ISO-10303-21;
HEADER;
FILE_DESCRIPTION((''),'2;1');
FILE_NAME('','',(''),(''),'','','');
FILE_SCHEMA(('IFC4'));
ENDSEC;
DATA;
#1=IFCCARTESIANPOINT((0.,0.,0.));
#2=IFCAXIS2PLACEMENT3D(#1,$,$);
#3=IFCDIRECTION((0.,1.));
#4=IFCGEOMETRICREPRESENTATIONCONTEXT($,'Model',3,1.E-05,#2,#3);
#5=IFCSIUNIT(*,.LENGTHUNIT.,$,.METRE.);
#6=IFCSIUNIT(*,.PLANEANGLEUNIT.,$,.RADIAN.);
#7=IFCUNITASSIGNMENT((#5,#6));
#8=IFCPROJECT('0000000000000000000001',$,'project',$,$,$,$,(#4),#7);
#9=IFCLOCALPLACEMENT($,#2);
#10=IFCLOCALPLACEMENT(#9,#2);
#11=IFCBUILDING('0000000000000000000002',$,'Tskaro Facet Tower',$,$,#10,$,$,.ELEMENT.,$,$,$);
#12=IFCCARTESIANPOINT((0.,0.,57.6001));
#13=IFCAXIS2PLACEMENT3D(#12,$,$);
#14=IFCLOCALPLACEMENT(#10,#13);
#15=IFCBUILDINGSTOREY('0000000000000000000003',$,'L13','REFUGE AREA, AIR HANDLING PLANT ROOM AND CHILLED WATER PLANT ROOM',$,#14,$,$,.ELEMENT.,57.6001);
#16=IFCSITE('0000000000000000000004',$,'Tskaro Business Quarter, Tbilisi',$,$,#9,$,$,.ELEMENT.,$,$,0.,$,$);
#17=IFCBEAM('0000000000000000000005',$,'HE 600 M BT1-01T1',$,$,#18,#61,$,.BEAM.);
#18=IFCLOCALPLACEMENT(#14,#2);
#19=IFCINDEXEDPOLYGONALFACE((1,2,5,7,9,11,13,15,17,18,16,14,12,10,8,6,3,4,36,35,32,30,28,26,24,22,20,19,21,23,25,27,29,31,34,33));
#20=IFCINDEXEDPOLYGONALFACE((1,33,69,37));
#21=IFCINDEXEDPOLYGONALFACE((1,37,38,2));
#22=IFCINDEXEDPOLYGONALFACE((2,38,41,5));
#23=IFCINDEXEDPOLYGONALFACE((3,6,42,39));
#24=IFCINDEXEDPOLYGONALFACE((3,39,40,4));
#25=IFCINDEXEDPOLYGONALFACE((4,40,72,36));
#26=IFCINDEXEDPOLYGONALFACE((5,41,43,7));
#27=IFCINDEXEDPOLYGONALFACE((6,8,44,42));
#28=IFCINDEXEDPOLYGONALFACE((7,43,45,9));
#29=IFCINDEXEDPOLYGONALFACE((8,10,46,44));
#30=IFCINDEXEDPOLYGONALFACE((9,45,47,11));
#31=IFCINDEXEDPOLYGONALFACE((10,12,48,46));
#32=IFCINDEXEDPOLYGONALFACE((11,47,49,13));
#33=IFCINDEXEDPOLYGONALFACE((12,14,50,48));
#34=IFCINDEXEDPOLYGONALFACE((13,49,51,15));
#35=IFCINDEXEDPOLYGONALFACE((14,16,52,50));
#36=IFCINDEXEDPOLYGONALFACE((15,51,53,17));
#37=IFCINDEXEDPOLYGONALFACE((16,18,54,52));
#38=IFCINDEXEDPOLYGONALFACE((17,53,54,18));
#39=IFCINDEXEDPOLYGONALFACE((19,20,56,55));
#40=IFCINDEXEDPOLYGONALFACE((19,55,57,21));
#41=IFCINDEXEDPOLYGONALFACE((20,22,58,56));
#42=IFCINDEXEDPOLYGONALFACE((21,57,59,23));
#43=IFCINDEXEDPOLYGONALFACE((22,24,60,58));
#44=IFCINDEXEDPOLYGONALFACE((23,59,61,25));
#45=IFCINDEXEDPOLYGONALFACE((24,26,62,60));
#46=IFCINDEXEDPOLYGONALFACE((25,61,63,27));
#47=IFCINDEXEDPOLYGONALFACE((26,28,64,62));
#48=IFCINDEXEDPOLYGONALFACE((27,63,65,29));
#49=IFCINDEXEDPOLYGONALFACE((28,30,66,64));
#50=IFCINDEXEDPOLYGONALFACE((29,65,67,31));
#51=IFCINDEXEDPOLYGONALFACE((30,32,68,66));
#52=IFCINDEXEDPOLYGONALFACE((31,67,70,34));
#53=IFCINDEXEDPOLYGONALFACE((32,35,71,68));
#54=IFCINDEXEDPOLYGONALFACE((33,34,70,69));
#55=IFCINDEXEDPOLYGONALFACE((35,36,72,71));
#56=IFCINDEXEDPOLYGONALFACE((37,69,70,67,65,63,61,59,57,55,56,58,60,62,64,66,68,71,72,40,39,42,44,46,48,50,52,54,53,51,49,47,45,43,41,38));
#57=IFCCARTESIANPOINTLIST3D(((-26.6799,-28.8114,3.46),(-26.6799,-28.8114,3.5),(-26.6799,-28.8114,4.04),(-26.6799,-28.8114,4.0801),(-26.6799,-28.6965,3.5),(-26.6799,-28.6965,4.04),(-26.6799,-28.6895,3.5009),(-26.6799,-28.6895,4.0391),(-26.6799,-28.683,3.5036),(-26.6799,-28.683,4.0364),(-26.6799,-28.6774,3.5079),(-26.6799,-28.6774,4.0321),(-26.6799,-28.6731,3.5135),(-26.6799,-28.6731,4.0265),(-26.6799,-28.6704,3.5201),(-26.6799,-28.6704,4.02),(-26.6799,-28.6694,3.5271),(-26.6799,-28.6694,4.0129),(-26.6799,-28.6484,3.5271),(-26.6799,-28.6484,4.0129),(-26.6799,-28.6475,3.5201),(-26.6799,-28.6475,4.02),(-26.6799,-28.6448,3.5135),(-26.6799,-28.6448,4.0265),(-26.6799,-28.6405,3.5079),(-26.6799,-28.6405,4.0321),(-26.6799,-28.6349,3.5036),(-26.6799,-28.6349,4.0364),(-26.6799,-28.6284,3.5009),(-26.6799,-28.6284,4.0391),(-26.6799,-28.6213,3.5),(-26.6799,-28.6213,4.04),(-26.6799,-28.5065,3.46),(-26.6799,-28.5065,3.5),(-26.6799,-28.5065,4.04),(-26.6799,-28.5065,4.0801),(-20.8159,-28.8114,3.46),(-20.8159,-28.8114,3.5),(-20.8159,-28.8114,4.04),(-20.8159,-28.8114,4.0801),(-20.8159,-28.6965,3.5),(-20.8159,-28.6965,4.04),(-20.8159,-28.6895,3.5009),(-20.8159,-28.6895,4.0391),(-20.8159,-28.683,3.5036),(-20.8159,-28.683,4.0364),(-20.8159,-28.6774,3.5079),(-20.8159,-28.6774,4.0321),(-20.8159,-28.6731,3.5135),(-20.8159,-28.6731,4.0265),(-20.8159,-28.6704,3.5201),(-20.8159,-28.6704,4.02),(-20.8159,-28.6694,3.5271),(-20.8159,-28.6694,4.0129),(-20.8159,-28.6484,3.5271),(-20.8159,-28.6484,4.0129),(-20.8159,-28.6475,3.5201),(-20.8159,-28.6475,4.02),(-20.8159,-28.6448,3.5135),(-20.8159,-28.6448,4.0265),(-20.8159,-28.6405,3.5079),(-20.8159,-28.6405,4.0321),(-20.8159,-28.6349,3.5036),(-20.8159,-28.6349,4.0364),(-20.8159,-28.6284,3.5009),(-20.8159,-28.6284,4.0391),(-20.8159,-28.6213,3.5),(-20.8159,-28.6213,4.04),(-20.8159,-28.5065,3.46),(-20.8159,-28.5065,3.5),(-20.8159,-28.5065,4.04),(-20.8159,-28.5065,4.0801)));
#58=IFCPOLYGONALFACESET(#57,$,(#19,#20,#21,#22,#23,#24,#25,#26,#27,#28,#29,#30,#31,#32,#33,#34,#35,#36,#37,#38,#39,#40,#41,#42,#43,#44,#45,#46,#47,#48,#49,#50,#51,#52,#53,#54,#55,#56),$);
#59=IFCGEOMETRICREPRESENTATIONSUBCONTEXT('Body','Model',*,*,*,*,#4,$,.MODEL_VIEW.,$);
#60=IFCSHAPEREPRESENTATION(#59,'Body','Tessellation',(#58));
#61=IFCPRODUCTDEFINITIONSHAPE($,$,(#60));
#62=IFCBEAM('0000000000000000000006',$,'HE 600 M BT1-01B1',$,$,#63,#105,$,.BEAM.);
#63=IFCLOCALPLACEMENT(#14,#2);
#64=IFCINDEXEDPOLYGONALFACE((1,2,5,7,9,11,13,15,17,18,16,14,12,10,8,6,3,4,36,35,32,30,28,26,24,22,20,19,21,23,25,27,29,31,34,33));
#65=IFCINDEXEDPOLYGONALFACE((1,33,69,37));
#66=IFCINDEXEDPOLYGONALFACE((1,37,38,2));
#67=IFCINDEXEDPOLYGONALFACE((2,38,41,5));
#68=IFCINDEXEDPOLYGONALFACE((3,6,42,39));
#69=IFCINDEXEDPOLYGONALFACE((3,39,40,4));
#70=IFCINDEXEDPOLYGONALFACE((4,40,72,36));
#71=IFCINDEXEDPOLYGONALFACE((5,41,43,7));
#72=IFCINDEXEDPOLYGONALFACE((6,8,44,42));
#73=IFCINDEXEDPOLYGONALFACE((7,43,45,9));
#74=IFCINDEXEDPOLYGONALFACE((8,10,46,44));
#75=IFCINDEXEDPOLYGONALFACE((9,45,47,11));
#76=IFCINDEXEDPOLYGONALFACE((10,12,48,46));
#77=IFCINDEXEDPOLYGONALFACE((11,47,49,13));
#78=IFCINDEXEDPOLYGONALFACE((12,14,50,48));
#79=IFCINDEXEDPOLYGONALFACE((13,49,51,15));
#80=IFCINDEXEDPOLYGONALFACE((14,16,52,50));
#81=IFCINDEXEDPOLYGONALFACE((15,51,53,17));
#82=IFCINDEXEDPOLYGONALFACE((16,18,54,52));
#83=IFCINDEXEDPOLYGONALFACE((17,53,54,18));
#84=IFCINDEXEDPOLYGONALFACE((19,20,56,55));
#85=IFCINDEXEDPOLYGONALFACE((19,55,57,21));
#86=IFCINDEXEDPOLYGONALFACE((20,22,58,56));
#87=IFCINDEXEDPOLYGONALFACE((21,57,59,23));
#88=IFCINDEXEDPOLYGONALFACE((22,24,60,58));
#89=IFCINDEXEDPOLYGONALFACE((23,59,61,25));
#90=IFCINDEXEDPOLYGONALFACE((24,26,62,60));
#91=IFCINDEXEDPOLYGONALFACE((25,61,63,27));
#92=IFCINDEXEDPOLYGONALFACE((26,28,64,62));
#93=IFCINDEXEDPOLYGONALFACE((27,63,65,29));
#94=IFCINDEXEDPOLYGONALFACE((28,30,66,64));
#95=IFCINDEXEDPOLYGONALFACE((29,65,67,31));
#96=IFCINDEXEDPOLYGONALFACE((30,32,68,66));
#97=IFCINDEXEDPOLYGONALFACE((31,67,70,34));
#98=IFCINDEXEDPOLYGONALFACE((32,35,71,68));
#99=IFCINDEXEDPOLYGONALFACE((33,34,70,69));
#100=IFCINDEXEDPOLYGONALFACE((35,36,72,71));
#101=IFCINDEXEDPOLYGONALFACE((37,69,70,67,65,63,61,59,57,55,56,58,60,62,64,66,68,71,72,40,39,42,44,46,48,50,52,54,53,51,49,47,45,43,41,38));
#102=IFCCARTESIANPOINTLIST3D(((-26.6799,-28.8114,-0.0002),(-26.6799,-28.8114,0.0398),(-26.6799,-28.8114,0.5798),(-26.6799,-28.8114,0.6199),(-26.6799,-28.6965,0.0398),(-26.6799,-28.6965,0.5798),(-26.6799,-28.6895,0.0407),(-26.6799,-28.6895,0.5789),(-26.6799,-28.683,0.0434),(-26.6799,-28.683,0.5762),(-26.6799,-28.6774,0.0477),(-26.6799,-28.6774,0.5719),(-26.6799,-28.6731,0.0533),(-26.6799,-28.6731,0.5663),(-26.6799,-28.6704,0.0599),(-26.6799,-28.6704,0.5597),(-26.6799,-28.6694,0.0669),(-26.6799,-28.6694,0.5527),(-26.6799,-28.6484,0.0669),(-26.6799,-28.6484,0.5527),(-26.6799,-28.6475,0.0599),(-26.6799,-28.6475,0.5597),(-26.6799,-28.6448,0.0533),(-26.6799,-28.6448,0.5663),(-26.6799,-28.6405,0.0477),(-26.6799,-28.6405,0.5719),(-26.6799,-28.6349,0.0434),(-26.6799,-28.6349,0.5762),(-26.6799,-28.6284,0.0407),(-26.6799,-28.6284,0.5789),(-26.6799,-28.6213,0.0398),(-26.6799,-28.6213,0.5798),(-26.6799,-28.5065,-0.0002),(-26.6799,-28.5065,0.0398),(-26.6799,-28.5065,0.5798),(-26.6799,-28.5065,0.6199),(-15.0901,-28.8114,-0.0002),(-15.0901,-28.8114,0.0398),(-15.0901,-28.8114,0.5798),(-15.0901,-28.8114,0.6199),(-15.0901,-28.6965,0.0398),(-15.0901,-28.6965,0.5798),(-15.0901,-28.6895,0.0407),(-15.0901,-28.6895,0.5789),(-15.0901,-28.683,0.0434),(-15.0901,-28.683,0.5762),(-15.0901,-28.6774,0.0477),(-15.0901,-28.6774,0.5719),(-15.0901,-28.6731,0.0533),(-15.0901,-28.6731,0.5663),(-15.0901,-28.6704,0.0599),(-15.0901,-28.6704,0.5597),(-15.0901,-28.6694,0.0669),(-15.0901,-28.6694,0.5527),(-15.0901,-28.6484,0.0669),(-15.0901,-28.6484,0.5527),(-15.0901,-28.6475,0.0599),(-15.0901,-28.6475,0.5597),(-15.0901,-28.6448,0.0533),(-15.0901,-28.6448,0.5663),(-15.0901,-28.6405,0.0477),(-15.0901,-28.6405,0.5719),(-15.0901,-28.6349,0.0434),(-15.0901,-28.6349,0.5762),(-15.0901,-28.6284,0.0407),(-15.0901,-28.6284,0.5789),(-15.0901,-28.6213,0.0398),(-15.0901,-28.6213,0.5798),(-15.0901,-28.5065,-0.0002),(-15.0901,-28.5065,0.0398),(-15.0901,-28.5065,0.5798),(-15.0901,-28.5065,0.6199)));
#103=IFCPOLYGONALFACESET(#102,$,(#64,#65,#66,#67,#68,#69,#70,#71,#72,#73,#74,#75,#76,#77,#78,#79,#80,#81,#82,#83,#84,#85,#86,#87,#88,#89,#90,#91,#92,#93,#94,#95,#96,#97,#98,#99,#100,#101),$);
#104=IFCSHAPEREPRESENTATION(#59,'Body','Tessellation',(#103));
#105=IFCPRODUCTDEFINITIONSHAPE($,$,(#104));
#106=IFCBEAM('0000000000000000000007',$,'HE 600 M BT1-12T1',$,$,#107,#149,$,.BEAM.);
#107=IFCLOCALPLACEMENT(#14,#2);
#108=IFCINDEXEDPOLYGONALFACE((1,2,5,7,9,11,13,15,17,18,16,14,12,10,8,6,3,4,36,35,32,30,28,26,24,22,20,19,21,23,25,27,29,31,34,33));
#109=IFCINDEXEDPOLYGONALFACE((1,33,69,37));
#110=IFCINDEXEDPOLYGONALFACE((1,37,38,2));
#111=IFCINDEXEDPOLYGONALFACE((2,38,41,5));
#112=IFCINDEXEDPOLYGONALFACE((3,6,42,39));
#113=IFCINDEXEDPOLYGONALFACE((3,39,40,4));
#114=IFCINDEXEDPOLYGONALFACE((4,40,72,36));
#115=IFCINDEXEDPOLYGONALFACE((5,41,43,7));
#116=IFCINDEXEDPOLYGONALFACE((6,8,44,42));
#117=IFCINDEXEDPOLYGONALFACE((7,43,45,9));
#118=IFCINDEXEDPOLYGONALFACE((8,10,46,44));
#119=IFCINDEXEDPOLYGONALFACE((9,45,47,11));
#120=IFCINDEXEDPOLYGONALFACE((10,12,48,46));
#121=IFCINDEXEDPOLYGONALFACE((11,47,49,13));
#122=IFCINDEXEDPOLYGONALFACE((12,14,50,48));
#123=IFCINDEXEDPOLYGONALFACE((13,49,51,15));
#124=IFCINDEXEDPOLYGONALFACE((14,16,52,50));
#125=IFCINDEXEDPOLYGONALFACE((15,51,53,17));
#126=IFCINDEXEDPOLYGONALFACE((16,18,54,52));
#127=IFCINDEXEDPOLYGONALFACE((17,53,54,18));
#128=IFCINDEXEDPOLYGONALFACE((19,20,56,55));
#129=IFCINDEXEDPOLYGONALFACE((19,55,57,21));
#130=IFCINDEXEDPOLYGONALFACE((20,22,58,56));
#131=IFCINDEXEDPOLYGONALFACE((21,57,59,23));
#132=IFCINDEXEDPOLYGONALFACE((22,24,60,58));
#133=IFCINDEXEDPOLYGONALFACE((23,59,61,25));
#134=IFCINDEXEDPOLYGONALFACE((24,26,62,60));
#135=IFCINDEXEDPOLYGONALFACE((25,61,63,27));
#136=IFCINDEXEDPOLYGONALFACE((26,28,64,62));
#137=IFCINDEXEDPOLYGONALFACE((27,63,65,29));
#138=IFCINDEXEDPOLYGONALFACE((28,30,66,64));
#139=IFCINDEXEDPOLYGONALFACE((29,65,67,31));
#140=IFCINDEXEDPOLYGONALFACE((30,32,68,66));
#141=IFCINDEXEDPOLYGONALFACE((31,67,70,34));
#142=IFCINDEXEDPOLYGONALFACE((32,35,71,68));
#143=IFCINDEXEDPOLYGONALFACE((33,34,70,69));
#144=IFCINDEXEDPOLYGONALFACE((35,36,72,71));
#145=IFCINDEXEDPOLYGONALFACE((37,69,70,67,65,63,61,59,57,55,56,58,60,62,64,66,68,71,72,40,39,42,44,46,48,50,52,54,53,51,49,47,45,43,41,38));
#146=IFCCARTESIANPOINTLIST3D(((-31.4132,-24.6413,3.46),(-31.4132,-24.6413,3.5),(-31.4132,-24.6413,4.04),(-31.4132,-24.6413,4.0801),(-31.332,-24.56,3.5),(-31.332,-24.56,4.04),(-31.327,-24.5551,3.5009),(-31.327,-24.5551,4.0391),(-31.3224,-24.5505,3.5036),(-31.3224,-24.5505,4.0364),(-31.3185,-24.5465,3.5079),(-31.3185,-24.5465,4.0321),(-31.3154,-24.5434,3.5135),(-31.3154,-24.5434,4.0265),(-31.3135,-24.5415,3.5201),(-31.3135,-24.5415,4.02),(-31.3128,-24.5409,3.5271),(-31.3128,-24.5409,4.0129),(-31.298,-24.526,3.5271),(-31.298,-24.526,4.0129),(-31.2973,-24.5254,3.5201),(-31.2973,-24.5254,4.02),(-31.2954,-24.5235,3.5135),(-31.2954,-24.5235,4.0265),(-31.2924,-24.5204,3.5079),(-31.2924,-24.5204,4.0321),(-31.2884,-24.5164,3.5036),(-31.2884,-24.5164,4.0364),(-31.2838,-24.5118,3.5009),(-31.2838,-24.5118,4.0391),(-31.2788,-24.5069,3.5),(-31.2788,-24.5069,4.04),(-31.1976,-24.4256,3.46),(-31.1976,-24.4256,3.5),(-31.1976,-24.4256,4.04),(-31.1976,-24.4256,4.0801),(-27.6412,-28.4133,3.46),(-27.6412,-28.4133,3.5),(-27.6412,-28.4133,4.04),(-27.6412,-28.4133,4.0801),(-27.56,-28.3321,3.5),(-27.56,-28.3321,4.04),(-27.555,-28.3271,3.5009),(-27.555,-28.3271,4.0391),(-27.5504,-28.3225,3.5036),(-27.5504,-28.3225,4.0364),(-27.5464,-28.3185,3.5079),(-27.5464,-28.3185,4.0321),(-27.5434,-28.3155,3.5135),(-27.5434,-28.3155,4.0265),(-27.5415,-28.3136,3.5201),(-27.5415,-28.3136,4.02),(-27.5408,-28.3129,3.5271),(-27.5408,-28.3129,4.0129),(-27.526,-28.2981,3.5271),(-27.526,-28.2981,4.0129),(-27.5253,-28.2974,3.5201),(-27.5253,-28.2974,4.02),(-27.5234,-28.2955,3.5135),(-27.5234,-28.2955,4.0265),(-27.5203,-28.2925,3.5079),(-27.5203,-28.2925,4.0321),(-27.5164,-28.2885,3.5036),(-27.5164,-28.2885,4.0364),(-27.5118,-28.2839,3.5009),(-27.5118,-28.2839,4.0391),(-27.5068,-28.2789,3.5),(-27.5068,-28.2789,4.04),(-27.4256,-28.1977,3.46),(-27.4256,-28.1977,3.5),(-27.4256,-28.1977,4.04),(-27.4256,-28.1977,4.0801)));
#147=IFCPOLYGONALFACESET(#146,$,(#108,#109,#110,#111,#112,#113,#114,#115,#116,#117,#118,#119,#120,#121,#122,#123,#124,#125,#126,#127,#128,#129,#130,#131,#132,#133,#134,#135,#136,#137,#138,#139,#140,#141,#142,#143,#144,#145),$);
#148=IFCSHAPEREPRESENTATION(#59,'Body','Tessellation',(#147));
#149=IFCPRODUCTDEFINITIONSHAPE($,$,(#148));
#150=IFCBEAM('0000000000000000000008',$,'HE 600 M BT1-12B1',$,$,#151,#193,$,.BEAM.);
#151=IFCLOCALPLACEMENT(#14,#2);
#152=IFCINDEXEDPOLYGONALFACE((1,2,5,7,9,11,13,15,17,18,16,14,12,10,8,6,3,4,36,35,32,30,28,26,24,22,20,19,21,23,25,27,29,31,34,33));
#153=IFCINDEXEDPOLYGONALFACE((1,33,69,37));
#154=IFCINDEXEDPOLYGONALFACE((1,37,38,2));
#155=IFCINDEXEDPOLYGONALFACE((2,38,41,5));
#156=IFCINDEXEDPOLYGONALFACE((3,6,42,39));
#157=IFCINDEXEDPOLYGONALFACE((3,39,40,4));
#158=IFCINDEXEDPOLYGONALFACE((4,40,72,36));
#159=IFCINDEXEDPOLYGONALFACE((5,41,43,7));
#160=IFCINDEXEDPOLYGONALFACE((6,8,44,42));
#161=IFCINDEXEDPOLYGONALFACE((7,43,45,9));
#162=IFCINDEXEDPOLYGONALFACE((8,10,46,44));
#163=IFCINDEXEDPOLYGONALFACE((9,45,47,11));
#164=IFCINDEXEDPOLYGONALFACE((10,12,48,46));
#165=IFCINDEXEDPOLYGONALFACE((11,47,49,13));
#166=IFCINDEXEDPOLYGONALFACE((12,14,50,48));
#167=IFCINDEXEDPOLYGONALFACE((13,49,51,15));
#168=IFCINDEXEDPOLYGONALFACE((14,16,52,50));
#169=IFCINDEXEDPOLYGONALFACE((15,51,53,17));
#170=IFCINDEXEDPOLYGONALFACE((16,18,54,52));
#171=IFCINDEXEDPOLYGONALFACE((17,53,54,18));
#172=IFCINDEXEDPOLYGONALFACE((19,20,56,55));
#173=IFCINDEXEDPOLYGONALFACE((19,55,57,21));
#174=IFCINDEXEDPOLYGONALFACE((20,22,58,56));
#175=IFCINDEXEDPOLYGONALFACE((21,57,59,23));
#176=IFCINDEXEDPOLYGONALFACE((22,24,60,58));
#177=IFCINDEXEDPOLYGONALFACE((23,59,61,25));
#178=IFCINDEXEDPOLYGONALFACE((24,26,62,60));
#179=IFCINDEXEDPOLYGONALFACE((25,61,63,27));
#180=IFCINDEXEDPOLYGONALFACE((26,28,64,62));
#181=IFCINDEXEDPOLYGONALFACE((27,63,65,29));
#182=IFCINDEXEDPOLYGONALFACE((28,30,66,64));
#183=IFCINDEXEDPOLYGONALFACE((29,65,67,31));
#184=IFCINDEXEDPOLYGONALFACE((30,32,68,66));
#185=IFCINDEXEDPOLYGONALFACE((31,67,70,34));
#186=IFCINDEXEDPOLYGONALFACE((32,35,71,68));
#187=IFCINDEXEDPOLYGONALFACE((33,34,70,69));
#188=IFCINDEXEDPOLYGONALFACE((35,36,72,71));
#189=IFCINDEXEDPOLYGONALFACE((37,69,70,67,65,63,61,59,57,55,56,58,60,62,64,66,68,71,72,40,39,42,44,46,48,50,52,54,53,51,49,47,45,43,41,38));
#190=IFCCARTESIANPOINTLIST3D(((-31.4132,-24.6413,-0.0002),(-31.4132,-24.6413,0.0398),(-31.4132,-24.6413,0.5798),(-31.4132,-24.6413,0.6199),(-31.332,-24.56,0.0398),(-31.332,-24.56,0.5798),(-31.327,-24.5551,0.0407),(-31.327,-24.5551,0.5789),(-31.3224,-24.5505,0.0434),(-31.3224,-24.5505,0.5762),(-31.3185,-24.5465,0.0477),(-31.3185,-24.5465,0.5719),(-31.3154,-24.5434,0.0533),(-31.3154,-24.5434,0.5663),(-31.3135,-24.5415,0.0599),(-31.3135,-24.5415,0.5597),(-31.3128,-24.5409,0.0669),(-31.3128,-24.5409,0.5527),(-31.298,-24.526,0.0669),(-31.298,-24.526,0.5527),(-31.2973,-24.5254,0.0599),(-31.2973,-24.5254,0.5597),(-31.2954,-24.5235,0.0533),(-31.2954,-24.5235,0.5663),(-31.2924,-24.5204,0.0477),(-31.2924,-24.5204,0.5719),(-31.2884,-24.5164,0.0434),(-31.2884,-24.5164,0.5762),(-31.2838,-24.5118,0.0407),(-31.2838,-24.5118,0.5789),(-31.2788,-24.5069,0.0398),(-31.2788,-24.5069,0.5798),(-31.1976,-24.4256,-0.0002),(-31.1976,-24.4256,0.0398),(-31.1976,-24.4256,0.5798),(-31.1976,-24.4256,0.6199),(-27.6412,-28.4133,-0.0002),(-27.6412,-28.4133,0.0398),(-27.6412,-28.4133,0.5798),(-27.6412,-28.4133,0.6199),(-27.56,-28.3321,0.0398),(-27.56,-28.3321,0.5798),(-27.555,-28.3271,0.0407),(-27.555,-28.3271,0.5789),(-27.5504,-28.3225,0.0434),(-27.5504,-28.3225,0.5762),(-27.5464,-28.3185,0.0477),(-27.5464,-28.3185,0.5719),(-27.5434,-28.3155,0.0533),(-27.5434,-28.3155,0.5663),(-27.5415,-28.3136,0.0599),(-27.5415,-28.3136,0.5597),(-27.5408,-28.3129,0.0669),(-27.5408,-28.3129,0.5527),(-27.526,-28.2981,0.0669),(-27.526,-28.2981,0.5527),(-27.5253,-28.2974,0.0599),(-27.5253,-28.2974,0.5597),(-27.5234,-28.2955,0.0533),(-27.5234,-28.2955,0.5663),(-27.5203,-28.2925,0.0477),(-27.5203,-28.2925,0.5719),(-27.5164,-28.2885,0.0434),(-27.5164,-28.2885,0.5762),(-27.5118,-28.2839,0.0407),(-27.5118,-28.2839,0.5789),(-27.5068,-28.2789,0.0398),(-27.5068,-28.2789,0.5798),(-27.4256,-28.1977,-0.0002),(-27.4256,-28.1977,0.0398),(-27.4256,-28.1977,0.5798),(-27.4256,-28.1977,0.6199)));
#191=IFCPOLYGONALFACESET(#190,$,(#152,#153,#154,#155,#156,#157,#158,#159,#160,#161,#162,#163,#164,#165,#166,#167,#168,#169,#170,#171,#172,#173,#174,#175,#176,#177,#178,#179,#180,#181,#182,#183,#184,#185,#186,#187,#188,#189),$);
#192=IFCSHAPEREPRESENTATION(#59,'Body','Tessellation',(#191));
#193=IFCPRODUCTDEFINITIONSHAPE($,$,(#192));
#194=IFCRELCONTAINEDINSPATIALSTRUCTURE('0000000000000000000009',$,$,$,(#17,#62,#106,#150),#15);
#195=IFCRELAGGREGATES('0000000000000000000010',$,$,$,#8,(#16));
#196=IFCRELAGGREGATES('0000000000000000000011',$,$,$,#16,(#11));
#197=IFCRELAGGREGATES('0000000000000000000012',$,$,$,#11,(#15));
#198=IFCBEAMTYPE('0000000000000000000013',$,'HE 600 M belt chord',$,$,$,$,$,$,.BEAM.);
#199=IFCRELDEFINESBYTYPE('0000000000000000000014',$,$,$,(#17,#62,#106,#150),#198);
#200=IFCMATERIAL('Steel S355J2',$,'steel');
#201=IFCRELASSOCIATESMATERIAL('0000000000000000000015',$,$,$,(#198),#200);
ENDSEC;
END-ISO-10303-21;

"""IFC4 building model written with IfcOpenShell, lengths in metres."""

from ifc_helpers import new_model, si_unit, direction, frame, origin, origin_2d, place, context, subcontext, project, spatial, i_section, extrude, material, material_profile, profile_set, type_object, element, save


model = new_model("IFC4")

# Units and contexts
model_context = context("Model", 3, precision=1e-05, world=origin(), true_north=direction((0.0, 1.0)))
body_context = subcontext(model_context, "Body", "Model", "MODEL_VIEW")
ifc_project = project(units=[si_unit("LENGTHUNIT", "METRE"), si_unit("PLANEANGLEUNIT", "RADIAN")], contexts=[model_context])

# Site, building, storey
site_placement = place(None, origin())
site = spatial("IfcSite", under=ifc_project, at=site_placement, Name="Tskaro Business Quarter, Tbilisi", CompositionType="ELEMENT", RefElevation=0.0)
building_placement = place(site_placement, origin())
building = spatial("IfcBuilding", under=site, at=building_placement, Name="Tskaro Facet Tower", CompositionType="ELEMENT")
storey_placement = place(building_placement, frame((0.0, 0.0, 57.6001)))
storey = spatial("IfcBuildingStorey", under=building, at=storey_placement, Name="L13", Description="REFUGE AREA, AIR HANDLING PLANT ROOM AND CHILLED WATER PLANT ROOM", CompositionType="ELEMENT", Elevation=57.6001)

# Shared definitions
ifc_material_1 = material(Name="Steel S355J2", Category="steel")

# Beams
ifc_material_profile_1 = material_profile(ifc_material_1, i_section(OverallWidth=0.3049, OverallDepth=0.6201, WebThickness=0.021, FlangeThickness=0.04, FilletRadius=0.0271, at=origin_2d()), Name="HE 600 M")
ifc_profile_set_1 = profile_set([ifc_material_profile_1], Name="Steel S355J2")
beam_type_1 = type_object("IfcBeamType", Name="HE 600 M belt chord", PredefinedType="BEAM", material=ifc_profile_set_1)
beam_1_placement = place(storey_placement, frame((-26.6799, -28.6589, 3.77), z_axis=(1.0, 0.0, 0.0), x_axis=(0.0, 1.0, 0.0)))
element("IfcBeam", 1, at=beam_1_placement, inside=storey, type_object=beam_type_1, Name="HE 600 M BT1-01T1", PredefinedType="BEAM", context=body_context, shape_type="SweptSolid", body=[
    extrude(i_section(OverallWidth=0.3049, OverallDepth=0.6201, WebThickness=0.021, FlangeThickness=0.04, FilletRadius=0.0271, at=origin_2d()), origin(), (0.0, 0.0, 1.0), 5.864),
])
beam_2_placement = place(storey_placement, frame((-26.6799, -28.6589, 0.3098), z_axis=(1.0, 0.0, 0.0), x_axis=(0.0, 1.0, 0.0)))
element("IfcBeam", 2, at=beam_2_placement, inside=storey, type_object=beam_type_1, Name="HE 600 M BT1-01B1", PredefinedType="BEAM", context=body_context, shape_type="SweptSolid", body=[
    extrude(i_section(OverallWidth=0.3049, OverallDepth=0.6201, WebThickness=0.021, FlangeThickness=0.04, FilletRadius=0.0271, at=origin_2d()), origin(), (0.0, 0.0, 1.0), 11.5898),
])
for number, where, z_axis, x_axis, name in (
    (3, (-31.3054, -24.5334, 3.77), (0.707107, -0.707107, 0.0), (0.707107, 0.707107, 0.0), "HE 600 M BT1-12T1"),
    (4, (-31.3054, -24.5334, 0.3098), (0.707107, -0.707107, 0.0), (0.707107, 0.707107, 0.0), "HE 600 M BT1-12B1"),
):
    element("IfcBeam", number, at=place(storey_placement, frame(where, z_axis=z_axis, x_axis=x_axis)), inside=storey, type_object=beam_type_1, Name=name, PredefinedType="BEAM", context=body_context, shape_type="SweptSolid", body=[
        extrude(i_section(OverallWidth=0.3049, OverallDepth=0.6201, WebThickness=0.021, FlangeThickness=0.04, FilletRadius=0.0271, at=origin_2d()), origin(), (0.0, 0.0, 1.0), 5.3345),
    ])

save(model, "model.ifc")
